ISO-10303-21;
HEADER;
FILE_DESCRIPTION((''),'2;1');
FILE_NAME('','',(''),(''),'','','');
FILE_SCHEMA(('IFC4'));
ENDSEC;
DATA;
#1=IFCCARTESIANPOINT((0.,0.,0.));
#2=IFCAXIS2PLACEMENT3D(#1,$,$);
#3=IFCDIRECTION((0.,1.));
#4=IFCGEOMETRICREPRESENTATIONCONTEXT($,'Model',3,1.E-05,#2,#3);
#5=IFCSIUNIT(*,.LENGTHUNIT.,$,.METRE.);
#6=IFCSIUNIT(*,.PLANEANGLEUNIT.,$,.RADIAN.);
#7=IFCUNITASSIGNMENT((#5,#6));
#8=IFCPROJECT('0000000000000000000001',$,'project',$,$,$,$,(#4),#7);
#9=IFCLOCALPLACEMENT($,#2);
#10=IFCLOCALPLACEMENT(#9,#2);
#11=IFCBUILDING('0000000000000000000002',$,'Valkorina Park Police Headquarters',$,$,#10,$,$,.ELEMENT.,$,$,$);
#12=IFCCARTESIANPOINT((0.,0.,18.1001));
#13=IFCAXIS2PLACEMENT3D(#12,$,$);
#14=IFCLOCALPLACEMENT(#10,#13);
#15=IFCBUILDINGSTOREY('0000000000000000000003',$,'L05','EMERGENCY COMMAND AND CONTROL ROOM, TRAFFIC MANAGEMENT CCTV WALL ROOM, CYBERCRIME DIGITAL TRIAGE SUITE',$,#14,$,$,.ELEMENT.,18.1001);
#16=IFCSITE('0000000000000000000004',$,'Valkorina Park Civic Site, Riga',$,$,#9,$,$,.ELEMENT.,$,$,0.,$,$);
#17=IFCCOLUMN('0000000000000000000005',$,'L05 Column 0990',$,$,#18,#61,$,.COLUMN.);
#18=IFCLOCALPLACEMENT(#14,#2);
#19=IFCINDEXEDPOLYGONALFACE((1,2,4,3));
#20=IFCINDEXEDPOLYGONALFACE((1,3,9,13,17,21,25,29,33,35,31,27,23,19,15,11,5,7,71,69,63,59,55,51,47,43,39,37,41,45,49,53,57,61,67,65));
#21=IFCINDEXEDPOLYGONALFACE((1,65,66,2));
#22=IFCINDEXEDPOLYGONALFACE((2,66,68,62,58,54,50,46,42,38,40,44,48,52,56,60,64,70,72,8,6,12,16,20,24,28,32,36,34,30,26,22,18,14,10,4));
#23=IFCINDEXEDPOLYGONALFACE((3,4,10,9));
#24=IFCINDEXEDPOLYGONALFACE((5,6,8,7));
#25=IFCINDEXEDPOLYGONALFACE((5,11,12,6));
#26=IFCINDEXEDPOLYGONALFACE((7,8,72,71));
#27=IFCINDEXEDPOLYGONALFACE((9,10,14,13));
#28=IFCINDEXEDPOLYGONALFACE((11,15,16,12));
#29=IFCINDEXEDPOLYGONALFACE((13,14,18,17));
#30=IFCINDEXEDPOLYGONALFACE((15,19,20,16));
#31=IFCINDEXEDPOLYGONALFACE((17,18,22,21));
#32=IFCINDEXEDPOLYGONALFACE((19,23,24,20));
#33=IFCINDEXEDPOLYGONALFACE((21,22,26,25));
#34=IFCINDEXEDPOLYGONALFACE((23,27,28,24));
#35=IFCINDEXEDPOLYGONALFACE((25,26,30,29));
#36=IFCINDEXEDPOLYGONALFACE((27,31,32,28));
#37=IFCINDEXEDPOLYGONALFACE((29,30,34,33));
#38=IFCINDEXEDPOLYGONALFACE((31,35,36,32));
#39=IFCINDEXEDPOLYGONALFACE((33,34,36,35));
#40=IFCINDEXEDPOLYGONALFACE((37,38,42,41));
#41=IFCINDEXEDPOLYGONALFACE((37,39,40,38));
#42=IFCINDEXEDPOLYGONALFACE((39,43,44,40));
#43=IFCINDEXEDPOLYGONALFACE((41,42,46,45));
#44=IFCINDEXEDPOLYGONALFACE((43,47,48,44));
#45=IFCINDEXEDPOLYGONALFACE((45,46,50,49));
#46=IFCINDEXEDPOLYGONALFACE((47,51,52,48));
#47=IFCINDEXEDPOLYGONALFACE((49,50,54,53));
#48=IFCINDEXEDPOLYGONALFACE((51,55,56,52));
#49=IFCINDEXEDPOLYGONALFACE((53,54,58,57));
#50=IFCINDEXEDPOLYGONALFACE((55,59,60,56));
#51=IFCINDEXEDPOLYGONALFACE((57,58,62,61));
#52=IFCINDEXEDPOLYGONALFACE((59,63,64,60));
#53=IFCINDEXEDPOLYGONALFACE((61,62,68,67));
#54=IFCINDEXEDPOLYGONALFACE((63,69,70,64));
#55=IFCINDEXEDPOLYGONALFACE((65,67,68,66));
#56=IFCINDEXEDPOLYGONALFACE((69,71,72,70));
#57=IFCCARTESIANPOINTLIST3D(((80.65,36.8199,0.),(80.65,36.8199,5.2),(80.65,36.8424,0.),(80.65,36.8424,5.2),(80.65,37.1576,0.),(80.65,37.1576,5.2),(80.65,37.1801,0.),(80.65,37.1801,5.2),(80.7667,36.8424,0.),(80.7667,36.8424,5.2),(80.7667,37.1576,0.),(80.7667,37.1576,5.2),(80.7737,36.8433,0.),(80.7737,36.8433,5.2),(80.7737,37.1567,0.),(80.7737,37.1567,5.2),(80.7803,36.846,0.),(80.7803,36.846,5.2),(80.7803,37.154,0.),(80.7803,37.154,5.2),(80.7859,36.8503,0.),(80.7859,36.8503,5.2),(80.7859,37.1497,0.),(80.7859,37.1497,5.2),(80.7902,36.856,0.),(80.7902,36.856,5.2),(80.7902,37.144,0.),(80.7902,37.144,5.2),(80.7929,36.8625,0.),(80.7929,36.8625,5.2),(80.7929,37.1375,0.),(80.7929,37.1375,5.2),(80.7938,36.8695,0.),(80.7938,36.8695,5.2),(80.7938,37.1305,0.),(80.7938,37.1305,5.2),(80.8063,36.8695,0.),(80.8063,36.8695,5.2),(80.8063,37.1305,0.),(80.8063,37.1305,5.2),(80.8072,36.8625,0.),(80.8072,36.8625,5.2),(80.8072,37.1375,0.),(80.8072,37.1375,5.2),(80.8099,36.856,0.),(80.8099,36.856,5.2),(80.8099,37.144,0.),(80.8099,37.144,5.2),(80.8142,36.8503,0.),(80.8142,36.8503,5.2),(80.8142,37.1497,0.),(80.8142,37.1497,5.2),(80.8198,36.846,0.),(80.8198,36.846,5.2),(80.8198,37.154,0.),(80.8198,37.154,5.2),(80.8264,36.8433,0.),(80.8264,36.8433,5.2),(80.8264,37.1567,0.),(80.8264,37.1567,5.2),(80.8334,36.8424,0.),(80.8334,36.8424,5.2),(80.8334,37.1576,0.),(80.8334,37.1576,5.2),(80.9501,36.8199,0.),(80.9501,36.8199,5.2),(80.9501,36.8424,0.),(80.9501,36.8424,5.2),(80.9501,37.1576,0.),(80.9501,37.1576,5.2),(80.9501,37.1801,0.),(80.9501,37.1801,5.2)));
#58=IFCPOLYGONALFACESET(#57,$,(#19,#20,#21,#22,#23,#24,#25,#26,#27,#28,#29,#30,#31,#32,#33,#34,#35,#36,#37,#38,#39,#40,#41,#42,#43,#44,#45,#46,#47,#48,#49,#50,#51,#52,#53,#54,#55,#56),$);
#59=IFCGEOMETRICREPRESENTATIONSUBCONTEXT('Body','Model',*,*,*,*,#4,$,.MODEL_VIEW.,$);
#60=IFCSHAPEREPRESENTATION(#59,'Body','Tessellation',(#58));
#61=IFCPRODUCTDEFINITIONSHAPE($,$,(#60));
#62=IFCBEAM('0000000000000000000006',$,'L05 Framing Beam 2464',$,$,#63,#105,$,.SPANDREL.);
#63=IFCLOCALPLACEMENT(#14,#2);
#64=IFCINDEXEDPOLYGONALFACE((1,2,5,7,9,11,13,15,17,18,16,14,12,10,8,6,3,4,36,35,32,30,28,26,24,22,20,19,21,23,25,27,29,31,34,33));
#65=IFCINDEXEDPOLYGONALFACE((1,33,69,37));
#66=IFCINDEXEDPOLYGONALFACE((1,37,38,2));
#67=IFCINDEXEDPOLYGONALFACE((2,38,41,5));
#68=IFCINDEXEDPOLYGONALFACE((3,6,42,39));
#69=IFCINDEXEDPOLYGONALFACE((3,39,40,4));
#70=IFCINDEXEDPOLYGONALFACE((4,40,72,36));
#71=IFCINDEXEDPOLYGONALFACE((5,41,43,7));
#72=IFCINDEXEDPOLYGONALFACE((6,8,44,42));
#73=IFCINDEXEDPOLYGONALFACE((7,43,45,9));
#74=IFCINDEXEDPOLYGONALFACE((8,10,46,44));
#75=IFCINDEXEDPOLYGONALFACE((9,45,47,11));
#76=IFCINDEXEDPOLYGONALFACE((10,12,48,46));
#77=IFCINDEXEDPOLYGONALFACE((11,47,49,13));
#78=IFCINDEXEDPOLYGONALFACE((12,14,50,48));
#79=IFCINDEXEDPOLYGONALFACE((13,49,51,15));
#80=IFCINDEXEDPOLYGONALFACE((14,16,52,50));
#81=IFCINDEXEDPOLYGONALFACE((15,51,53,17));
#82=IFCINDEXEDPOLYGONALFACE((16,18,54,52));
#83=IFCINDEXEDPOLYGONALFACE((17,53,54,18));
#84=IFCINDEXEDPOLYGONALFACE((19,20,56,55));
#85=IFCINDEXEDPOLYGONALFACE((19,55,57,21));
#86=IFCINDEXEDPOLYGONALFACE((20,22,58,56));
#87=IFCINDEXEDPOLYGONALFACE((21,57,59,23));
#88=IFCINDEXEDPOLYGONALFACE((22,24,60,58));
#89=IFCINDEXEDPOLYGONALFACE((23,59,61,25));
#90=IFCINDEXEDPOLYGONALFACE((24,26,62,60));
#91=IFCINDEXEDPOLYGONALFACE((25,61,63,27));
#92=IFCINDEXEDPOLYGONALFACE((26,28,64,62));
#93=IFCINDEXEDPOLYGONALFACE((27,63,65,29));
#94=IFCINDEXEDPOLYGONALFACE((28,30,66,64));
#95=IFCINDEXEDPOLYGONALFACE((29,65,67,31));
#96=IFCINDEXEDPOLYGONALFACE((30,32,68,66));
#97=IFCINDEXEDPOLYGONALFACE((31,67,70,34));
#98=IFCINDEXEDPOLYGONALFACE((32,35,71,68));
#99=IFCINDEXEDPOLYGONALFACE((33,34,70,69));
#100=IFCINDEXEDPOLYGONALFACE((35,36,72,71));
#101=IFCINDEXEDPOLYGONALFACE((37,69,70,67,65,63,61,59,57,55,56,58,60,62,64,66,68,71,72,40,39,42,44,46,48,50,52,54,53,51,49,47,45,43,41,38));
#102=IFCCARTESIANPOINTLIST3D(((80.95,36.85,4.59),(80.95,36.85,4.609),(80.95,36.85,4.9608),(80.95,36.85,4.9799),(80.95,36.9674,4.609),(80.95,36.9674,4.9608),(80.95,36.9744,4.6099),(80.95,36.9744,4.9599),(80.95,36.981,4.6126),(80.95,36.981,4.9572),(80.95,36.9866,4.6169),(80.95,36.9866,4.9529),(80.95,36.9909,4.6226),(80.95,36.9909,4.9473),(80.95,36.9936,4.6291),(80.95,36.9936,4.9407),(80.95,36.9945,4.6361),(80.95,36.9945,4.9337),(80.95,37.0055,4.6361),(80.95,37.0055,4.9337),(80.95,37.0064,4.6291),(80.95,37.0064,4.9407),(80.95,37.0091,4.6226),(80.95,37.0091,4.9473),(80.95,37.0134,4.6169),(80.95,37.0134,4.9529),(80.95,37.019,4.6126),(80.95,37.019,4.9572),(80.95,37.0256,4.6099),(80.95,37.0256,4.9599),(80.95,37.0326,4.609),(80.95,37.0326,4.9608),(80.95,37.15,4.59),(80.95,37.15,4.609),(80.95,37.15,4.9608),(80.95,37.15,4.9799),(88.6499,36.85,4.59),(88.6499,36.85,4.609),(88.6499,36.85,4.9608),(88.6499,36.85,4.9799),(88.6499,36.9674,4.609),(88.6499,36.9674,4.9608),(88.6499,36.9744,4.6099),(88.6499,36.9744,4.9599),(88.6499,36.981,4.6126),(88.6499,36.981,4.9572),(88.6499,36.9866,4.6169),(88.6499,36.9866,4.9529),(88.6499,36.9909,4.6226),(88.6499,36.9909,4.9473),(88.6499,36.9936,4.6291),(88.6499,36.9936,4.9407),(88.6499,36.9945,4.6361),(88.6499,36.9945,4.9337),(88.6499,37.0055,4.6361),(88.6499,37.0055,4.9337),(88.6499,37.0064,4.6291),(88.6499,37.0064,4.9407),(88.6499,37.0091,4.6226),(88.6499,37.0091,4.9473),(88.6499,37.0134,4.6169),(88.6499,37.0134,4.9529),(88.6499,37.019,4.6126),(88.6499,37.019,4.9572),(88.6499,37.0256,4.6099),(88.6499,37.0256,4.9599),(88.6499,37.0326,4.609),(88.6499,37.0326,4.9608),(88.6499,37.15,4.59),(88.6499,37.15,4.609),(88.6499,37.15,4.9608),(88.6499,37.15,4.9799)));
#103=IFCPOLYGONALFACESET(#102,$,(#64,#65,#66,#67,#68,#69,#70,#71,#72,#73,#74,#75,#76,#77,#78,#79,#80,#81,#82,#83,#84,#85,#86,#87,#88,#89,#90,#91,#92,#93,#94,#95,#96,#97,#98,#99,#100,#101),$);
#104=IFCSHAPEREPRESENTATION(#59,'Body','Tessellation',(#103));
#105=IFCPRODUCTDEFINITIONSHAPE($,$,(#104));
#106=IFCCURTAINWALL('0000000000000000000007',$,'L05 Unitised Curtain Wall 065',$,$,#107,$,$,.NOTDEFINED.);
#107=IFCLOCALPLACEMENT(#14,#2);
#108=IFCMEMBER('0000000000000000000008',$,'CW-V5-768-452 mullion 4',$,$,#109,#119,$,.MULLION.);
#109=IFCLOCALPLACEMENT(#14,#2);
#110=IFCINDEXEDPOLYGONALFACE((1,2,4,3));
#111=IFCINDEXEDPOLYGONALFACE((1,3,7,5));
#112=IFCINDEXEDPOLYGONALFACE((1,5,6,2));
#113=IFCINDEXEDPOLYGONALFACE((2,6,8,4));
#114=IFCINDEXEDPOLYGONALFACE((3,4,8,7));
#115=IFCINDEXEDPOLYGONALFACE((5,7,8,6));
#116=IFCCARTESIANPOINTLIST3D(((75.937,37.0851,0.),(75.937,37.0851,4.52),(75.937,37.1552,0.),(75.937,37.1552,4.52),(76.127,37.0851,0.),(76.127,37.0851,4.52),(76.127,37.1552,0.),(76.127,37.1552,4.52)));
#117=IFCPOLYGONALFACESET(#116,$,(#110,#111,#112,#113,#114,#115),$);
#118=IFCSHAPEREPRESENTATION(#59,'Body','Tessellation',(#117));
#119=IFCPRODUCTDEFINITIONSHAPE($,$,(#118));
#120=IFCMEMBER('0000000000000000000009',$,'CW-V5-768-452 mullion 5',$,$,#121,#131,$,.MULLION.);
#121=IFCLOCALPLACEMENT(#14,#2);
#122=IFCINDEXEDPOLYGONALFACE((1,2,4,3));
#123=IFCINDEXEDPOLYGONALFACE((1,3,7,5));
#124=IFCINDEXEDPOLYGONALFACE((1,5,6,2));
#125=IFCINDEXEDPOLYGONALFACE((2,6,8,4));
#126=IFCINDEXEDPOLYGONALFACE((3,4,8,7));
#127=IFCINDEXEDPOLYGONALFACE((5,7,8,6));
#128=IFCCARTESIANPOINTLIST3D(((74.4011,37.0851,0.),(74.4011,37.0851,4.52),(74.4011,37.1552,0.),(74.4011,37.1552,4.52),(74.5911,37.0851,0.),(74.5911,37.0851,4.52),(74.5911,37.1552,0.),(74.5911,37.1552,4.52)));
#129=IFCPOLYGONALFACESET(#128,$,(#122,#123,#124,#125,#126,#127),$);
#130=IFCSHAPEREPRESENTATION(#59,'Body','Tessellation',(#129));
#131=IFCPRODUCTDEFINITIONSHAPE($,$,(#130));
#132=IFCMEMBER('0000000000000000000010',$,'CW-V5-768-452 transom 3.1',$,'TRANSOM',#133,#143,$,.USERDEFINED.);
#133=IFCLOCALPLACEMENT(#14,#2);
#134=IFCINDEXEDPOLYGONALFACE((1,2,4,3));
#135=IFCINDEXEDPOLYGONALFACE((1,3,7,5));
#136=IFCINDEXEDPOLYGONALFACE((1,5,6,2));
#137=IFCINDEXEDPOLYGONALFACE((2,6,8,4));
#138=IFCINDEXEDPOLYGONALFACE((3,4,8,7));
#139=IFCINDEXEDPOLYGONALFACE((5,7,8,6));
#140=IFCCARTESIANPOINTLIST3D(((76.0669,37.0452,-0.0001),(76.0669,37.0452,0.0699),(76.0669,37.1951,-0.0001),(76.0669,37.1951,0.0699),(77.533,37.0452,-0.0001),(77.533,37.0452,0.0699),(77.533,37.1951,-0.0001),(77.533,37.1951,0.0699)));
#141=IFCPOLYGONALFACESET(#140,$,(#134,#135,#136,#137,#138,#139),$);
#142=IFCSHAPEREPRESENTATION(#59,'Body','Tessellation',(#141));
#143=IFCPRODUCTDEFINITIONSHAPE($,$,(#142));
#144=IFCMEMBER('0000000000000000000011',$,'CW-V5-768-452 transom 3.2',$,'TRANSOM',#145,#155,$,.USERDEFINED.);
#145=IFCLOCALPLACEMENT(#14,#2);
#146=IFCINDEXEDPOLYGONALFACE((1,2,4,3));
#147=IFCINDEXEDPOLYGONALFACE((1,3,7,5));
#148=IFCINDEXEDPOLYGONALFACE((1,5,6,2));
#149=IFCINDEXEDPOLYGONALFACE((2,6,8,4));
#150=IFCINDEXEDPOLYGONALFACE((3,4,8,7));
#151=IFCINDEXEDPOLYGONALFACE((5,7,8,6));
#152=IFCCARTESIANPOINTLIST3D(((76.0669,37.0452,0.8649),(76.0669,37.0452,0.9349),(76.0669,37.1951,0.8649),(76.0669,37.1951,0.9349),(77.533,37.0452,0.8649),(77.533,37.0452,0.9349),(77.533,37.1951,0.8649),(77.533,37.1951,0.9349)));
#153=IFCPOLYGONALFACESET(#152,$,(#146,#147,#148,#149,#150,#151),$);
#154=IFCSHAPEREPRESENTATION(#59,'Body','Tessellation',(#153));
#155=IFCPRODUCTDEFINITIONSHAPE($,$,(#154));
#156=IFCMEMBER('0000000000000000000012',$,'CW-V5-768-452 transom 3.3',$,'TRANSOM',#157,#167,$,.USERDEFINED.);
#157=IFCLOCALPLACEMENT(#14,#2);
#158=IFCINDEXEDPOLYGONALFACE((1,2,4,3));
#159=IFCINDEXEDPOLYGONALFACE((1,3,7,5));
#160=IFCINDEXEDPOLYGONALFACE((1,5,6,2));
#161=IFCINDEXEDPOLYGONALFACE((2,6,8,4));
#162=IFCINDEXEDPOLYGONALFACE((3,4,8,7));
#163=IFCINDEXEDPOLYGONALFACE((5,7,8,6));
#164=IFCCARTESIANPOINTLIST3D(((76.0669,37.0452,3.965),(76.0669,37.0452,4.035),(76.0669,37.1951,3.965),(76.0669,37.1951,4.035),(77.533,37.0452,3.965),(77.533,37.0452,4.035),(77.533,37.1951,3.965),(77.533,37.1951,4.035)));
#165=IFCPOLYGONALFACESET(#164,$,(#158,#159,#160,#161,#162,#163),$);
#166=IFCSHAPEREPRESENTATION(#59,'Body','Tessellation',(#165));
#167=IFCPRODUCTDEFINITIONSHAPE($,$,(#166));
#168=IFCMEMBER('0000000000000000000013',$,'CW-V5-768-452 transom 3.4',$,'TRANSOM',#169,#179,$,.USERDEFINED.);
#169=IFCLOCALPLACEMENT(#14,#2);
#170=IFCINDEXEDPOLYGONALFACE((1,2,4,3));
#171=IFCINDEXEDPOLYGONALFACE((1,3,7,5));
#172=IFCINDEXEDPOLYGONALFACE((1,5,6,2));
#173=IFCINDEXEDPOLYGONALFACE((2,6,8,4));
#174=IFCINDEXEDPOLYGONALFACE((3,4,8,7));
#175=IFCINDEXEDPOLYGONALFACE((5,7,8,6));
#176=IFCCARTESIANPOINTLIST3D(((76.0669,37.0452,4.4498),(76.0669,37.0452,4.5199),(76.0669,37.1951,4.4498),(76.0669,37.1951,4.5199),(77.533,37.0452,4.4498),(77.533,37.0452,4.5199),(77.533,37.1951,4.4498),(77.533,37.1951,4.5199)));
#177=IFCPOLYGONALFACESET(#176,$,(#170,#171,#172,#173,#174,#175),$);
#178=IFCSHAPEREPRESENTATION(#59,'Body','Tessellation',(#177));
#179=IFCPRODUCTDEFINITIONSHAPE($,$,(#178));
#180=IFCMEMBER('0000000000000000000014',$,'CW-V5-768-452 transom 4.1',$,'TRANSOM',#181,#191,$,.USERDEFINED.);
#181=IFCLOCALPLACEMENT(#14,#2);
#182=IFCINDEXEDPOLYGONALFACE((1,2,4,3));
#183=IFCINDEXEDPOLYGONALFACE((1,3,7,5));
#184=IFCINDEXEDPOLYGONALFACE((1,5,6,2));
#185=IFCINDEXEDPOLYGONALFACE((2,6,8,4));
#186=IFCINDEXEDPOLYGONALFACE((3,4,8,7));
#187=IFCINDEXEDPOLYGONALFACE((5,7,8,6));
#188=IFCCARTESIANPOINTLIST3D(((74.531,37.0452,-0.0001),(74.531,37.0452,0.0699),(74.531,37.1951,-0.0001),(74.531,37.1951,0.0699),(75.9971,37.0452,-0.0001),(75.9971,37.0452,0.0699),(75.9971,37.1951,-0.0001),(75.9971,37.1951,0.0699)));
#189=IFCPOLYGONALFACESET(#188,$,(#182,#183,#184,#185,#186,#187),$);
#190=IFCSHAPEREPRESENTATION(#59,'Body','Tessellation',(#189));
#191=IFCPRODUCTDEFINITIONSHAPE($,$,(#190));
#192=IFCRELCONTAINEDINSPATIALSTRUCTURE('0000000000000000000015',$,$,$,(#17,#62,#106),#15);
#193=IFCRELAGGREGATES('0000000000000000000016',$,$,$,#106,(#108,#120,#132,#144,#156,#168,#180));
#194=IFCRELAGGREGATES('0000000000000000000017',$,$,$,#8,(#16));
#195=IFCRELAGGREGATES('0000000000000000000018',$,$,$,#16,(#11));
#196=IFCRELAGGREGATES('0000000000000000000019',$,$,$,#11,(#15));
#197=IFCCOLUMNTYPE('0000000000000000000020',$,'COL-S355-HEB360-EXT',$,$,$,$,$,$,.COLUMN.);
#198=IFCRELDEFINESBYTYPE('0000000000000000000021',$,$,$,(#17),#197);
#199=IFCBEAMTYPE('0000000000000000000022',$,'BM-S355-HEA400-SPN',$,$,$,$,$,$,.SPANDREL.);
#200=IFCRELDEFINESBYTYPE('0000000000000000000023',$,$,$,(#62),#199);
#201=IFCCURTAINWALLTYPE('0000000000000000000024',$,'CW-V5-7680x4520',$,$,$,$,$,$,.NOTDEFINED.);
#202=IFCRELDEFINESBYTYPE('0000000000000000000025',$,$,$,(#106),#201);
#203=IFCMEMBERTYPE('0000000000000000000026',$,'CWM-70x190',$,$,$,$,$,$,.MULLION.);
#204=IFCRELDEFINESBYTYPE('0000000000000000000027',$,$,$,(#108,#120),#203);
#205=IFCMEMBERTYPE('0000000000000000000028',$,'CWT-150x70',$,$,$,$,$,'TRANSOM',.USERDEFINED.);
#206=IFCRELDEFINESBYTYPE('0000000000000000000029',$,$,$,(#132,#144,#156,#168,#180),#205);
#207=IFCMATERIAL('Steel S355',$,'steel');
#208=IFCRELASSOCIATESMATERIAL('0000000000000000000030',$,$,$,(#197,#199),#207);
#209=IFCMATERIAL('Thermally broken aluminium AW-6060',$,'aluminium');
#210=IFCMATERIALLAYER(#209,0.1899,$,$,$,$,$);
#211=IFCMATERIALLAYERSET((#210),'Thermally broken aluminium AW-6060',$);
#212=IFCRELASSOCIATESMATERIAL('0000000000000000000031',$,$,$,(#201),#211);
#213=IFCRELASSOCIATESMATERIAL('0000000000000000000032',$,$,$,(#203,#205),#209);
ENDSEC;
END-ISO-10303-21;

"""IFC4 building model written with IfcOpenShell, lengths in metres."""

from ifc_helpers import new_model, si_unit, direction, frame, origin, origin_2d, place, context, subcontext, project, spatial, rectangle, i_section, extrude, material, layer, layer_set, material_profile, profile_set, type_object, element, aggregate, save


model = new_model("IFC4")

# Units and contexts
model_context = context("Model", 3, precision=1e-05, world=origin(), true_north=direction((0.0, 1.0)))
body_context = subcontext(model_context, "Body", "Model", "MODEL_VIEW")
ifc_project = project(units=[si_unit("LENGTHUNIT", "METRE"), si_unit("PLANEANGLEUNIT", "RADIAN")], contexts=[model_context])

# Site, building, storey
site_placement = place(None, origin())
site = spatial("IfcSite", under=ifc_project, at=site_placement, Name="Valkorina Park Civic Site, Riga", CompositionType="ELEMENT", RefElevation=0.0)
building_placement = place(site_placement, origin())
building = spatial("IfcBuilding", under=site, at=building_placement, Name="Valkorina Park Police Headquarters", CompositionType="ELEMENT")
storey_placement = place(building_placement, frame((0.0, 0.0, 18.1001)))
storey = spatial("IfcBuildingStorey", under=building, at=storey_placement, Name="L05", Description="EMERGENCY COMMAND AND CONTROL ROOM, TRAFFIC MANAGEMENT CCTV WALL ROOM, CYBERCRIME DIGITAL TRIAGE SUITE", CompositionType="ELEMENT", Elevation=18.1001)

# Column
ifc_material_1 = material(Name="Steel S355", Category="steel")
ifc_material_profile_1 = material_profile(ifc_material_1, i_section(OverallWidth=0.3, OverallDepth=0.3601, WebThickness=0.0125, FlangeThickness=0.0225, FilletRadius=0.0271, at=origin_2d()), Name="HEB 360")
ifc_profile_set_1 = profile_set([ifc_material_profile_1], Name="Steel S355")
column_type = type_object("IfcColumnType", Name="COL-S355-HEB360-EXT", PredefinedType="COLUMN", material=ifc_profile_set_1)
column_placement = place(storey_placement, frame((80.8, 37.0, 0.0), z_axis=(0.0, 0.0, 1.0), x_axis=(1.0, 0.0, 0.0)))
element("IfcColumn", 1, at=column_placement, inside=storey, type_object=column_type, Name="L05 Column 0990", PredefinedType="COLUMN", context=body_context, shape_type="SweptSolid", body=[
    extrude(i_section(OverallWidth=0.3, OverallDepth=0.3601, WebThickness=0.0125, FlangeThickness=0.0225, FilletRadius=0.0271, at=origin_2d()), origin(), (0.0, 0.0, 1.0), 5.2),
])

# Beam
ifc_material_profile_2 = material_profile(ifc_material_1, i_section(OverallWidth=0.3, OverallDepth=0.3899, WebThickness=0.011, FlangeThickness=0.019, FilletRadius=0.0271, at=origin_2d()), Name="HEA 400")
ifc_profile_set_2 = profile_set([ifc_material_profile_2], Name="Steel S355")
beam_type = type_object("IfcBeamType", Name="BM-S355-HEA400-SPN", PredefinedType="SPANDREL", material=ifc_profile_set_2)
beam_placement = place(storey_placement, frame((80.95, 37.0, 4.7849), z_axis=(1.0, 0.0, 0.0), x_axis=(0.0, 1.0, 0.0)))
element("IfcBeam", 2, at=beam_placement, inside=storey, type_object=beam_type, Name="L05 Framing Beam 2464", PredefinedType="SPANDREL", context=body_context, shape_type="SweptSolid", body=[
    extrude(i_section(OverallWidth=0.3, OverallDepth=0.3899, WebThickness=0.011, FlangeThickness=0.019, FilletRadius=0.0271, at=origin_2d()), origin(), (0.0, 0.0, 1.0), 7.7),
])

# Curtain wall, members
ifc_material_2 = material(Name="Thermally broken aluminium AW-6060", Category="aluminium")
ifc_layer_1 = layer(ifc_material_2, 0.1899)
ifc_layer_set_1 = layer_set([ifc_layer_1], Name="Thermally broken aluminium AW-6060")
curtain_wall_type = type_object("IfcCurtainWallType", Name="CW-V5-7680x4520", PredefinedType="NOTDEFINED", material=ifc_layer_set_1)
curtain_wall_placement = place(storey_placement, origin())
curtain_wall = element("IfcCurtainWall", 3, at=curtain_wall_placement, inside=storey, type_object=curtain_wall_type, Name="L05 Unitised Curtain Wall 065", PredefinedType="NOTDEFINED")
ifc_material_profile_3 = material_profile(ifc_material_2, rectangle(XDim=0.0701, YDim=0.1899, at=origin_2d()), Name="CWM-02 70x190")
ifc_profile_set_3 = profile_set([ifc_material_profile_3], Name="Thermally broken aluminium AW-6060")
member_type_1 = type_object("IfcMemberType", Name="CWM-70x190", PredefinedType="MULLION", material=ifc_profile_set_3)
member_1_placement = place(storey_placement, frame((76.032, 37.1201, 0.0), z_axis=(0.0, 0.0, 1.0), x_axis=(0.0, -1.0, 0.0)))
member_1 = element("IfcMember", 4, at=member_1_placement, type_object=member_type_1, Name="CW-V5-768-452 mullion 4", PredefinedType="MULLION", context=body_context, shape_type="SweptSolid", body=[
    extrude(rectangle(XDim=0.0701, YDim=0.1899, at=origin_2d()), origin(), (0.0, 0.0, 1.0), 4.52),
])
member_2_placement = place(storey_placement, frame((74.4961, 37.1201, 0.0), z_axis=(0.0, 0.0, 1.0), x_axis=(0.0, -1.0, 0.0)))
member_2 = element("IfcMember", 5, at=member_2_placement, type_object=member_type_1, Name="CW-V5-768-452 mullion 5", PredefinedType="MULLION", context=body_context, shape_type="SweptSolid", body=[
    extrude(rectangle(XDim=0.0701, YDim=0.1899, at=origin_2d()), origin(), (0.0, 0.0, 1.0), 4.52),
])
ifc_material_profile_4 = material_profile(ifc_material_2, rectangle(XDim=0.1499, YDim=0.0701, at=origin_2d()), Name="CWT-02 150x70")
ifc_profile_set_4 = profile_set([ifc_material_profile_4], Name="Thermally broken aluminium AW-6060")
member_type_2 = type_object("IfcMemberType", Name="CWT-150x70", ElementType="TRANSOM", PredefinedType="USERDEFINED", material=ifc_profile_set_4)
member_3_placement = place(storey_placement, frame((77.533, 37.1201, 0.0349), z_axis=(-1.0, 0.0, 0.0), x_axis=(0.0, -1.0, 0.0)))
member_3 = element("IfcMember", 6, at=member_3_placement, type_object=member_type_2, Name="CW-V5-768-452 transom 3.1", ObjectType="TRANSOM", PredefinedType="USERDEFINED", context=body_context, shape_type="SweptSolid", body=[
    extrude(rectangle(XDim=0.1499, YDim=0.0701, at=origin_2d()), origin(), (0.0, 0.0, 1.0), 1.4661),
])
member_4_placement = place(storey_placement, frame((77.533, 37.1201, 0.8999), z_axis=(-1.0, 0.0, 0.0), x_axis=(0.0, -1.0, 0.0)))
member_4 = element("IfcMember", 7, at=member_4_placement, type_object=member_type_2, Name="CW-V5-768-452 transom 3.2", ObjectType="TRANSOM", PredefinedType="USERDEFINED", context=body_context, shape_type="SweptSolid", body=[
    extrude(rectangle(XDim=0.1499, YDim=0.0701, at=origin_2d()), origin(), (0.0, 0.0, 1.0), 1.4661),
])
member_5_placement = place(storey_placement, frame((77.533, 37.1201, 4.0), z_axis=(-1.0, 0.0, 0.0), x_axis=(0.0, -1.0, 0.0)))
member_5 = element("IfcMember", 8, at=member_5_placement, type_object=member_type_2, Name="CW-V5-768-452 transom 3.3", ObjectType="TRANSOM", PredefinedType="USERDEFINED", context=body_context, shape_type="SweptSolid", body=[
    extrude(rectangle(XDim=0.1499, YDim=0.0701, at=origin_2d()), origin(), (0.0, 0.0, 1.0), 1.4661),
])
member_6_placement = place(storey_placement, frame((77.533, 37.1201, 4.4849), z_axis=(-1.0, 0.0, 0.0), x_axis=(0.0, -1.0, 0.0)))
member_6 = element("IfcMember", 9, at=member_6_placement, type_object=member_type_2, Name="CW-V5-768-452 transom 3.4", ObjectType="TRANSOM", PredefinedType="USERDEFINED", context=body_context, shape_type="SweptSolid", body=[
    extrude(rectangle(XDim=0.1499, YDim=0.0701, at=origin_2d()), origin(), (0.0, 0.0, 1.0), 1.4661),
])
member_7_placement = place(storey_placement, frame((75.9971, 37.1201, 0.0349), z_axis=(-1.0, 0.0, 0.0), x_axis=(0.0, -1.0, 0.0)))
member_7 = element("IfcMember", 10, at=member_7_placement, type_object=member_type_2, Name="CW-V5-768-452 transom 4.1", ObjectType="TRANSOM", PredefinedType="USERDEFINED", context=body_context, shape_type="SweptSolid", body=[
    extrude(rectangle(XDim=0.1499, YDim=0.0701, at=origin_2d()), origin(), (0.0, 0.0, 1.0), 1.4661),
])
aggregate(curtain_wall, [member_1, member_2, member_3, member_4, member_5, member_6, member_7])

save(model, "model.ifc")
